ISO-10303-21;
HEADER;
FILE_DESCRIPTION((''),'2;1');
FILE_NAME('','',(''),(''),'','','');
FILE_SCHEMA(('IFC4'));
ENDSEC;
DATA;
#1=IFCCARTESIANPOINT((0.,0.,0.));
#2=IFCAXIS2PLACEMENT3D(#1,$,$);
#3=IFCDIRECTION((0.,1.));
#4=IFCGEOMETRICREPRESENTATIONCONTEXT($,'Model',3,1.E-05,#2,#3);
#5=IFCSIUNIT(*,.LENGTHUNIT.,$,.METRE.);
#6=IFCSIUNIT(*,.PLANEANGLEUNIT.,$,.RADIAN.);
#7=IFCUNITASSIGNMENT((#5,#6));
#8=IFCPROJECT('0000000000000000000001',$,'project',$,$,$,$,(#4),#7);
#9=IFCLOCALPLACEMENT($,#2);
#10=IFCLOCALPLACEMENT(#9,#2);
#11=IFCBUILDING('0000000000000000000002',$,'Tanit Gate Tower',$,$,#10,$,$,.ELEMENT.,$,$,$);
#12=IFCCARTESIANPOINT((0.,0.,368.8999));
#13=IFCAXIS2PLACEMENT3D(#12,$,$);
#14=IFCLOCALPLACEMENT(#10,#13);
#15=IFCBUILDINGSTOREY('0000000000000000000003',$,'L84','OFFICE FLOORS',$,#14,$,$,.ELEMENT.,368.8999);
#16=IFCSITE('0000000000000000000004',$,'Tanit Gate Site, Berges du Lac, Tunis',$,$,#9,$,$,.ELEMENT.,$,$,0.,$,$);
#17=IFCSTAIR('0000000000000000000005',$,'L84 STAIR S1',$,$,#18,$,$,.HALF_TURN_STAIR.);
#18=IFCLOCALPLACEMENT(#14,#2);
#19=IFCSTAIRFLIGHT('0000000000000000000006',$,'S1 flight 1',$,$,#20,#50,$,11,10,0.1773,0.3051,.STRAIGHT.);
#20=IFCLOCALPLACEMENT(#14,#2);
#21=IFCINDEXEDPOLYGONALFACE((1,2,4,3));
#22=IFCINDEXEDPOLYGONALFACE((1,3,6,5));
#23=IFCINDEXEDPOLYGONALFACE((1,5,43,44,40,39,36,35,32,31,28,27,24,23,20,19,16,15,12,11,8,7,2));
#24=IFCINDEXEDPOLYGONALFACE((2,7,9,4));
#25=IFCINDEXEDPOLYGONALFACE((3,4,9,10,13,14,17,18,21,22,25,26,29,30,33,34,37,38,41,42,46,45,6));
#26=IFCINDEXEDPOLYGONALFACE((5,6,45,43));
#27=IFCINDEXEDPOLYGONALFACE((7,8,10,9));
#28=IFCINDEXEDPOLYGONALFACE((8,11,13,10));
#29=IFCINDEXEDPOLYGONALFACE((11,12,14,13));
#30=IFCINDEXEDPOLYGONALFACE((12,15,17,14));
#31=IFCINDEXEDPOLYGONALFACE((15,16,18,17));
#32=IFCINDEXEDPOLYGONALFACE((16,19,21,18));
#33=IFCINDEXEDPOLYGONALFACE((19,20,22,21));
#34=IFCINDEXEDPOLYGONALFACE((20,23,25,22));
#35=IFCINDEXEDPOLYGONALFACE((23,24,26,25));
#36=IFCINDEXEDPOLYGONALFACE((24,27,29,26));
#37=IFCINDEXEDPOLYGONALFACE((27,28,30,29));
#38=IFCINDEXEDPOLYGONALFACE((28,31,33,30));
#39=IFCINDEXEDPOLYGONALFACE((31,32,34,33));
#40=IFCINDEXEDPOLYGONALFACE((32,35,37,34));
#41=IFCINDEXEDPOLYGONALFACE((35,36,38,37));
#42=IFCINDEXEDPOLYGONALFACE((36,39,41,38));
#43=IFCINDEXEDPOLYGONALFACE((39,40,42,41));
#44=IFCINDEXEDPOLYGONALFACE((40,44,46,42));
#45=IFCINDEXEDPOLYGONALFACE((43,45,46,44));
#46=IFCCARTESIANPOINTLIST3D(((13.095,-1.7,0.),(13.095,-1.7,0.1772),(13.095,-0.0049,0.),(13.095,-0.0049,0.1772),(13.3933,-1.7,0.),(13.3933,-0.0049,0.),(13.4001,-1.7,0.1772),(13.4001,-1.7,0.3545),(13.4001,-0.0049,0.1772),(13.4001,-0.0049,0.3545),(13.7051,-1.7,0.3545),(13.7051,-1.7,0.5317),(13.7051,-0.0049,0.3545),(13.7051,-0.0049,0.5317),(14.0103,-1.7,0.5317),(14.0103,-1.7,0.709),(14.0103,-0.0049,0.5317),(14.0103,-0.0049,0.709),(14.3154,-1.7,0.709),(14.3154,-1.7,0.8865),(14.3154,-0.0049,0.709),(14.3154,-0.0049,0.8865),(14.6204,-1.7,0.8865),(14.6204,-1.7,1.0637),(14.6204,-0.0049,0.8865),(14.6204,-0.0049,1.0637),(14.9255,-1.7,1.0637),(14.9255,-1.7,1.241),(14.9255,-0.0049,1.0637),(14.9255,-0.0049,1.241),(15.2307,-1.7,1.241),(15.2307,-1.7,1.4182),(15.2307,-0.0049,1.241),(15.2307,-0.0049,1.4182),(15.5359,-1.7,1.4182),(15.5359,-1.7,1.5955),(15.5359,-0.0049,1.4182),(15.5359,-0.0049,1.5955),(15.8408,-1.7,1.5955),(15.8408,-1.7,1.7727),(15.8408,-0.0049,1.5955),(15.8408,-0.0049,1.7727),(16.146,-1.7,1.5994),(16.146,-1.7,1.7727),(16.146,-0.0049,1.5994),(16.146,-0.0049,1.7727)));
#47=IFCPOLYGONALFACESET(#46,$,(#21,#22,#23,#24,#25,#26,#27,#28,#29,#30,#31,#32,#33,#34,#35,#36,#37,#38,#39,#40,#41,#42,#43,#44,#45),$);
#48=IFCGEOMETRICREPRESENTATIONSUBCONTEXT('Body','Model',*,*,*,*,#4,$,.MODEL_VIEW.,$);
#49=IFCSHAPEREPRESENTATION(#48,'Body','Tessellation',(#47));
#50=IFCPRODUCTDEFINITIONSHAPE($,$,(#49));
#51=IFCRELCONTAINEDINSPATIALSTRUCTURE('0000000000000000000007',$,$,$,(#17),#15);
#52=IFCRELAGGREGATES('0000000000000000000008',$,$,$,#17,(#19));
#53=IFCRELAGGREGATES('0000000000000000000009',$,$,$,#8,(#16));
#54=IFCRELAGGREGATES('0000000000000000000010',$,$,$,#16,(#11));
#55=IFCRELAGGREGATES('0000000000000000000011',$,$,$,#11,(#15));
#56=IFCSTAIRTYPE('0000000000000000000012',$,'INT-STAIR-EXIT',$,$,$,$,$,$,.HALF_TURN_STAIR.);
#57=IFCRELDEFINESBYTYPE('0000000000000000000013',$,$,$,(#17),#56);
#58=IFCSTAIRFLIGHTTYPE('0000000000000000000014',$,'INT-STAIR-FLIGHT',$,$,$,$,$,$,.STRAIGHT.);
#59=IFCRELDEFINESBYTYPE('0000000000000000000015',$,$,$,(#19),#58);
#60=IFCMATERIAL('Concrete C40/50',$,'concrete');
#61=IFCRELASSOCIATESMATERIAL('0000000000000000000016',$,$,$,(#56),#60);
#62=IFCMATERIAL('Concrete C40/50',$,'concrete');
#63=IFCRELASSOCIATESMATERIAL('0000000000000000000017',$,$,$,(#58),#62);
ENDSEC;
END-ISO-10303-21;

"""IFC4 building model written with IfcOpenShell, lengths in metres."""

from ifc_helpers import new_model, si_unit, direction, frame, origin, place, context, subcontext, project, spatial, polyline, outline, extrude, material, type_object, element, aggregate, save


model = new_model("IFC4")

# Units and contexts
model_context = context("Model", 3, precision=1e-05, world=origin(), true_north=direction((0.0, 1.0)))
body_context = subcontext(model_context, "Body", "Model", "MODEL_VIEW")
ifc_project = project(units=[si_unit("LENGTHUNIT", "METRE"), si_unit("PLANEANGLEUNIT", "RADIAN")], contexts=[model_context])

# Site, building, storey
site_placement = place(None, origin())
site = spatial("IfcSite", under=ifc_project, at=site_placement, Name="Tanit Gate Site, Berges du Lac, Tunis", CompositionType="ELEMENT", RefElevation=0.0)
building_placement = place(site_placement, origin())
building = spatial("IfcBuilding", under=site, at=building_placement, Name="Tanit Gate Tower", CompositionType="ELEMENT")
storey_placement = place(building_placement, frame((0.0, 0.0, 368.8999)))
storey = spatial("IfcBuildingStorey", under=building, at=storey_placement, Name="L84", Description="OFFICE FLOORS", CompositionType="ELEMENT", Elevation=368.8999)

# Stair, stair flight
ifc_material_1 = material(Name="Concrete C40/50", Category="concrete")
stair_type = type_object("IfcStairType", Name="INT-STAIR-EXIT", PredefinedType="HALF_TURN_STAIR", material=ifc_material_1)
stair_placement = place(storey_placement, origin())
stair = element("IfcStair", 1, at=stair_placement, inside=storey, type_object=stair_type, Name="L84 STAIR S1", PredefinedType="HALF_TURN_STAIR")
ifc_material_2 = material(Name="Concrete C40/50", Category="concrete")
stair_flight_type = type_object("IfcStairFlightType", Name="INT-STAIR-FLIGHT", PredefinedType="STRAIGHT", material=ifc_material_2)
stair_flight_placement = place(storey_placement, frame((13.095, -0.8525, 0.0), z_axis=(0.0, 0.0, 1.0), x_axis=(1.0, 0.0, 0.0)))
stair_flight = element("IfcStairFlight", 2, at=stair_flight_placement, type_object=stair_flight_type, Name="S1 flight 1", NumberOfRisers=11, NumberOfTreads=10, PredefinedType="STRAIGHT", RiserHeight=0.1773, TreadLength=0.3051, context=body_context, shape_type="SweptSolid", body=[
    extrude(outline(polyline([(0.0, 0.0), (0.0, 0.1772), (0.3052, 0.1772), (0.3052, 0.3545), (0.6101, 0.3545), (0.6101, 0.5317), (0.9153, 0.5317), (0.9153, 0.709), (1.2205, 0.709), (1.2205, 0.8865), (1.5254, 0.8865), (1.5254, 1.0637), (1.8306, 1.0637), (1.8306, 1.241), (2.1357, 1.241), (2.1357, 1.4182), (2.4409, 1.4182), (2.4409, 1.5955), (2.7458, 1.5955), (2.7458, 1.7727), (3.051, 1.7727), (3.051, 1.95), (3.051, 1.5994), (0.2983, 0.0), (0.0, 0.0)])), frame((0.0, 0.8477, 0.0), z_axis=(0.0, -1.0, 0.0), x_axis=(1.0, 0.0, 0.0)), (0.0, 0.0, 1.0), 1.6951),
])
aggregate(stair, [stair_flight])

save(model, "model.ifc")
